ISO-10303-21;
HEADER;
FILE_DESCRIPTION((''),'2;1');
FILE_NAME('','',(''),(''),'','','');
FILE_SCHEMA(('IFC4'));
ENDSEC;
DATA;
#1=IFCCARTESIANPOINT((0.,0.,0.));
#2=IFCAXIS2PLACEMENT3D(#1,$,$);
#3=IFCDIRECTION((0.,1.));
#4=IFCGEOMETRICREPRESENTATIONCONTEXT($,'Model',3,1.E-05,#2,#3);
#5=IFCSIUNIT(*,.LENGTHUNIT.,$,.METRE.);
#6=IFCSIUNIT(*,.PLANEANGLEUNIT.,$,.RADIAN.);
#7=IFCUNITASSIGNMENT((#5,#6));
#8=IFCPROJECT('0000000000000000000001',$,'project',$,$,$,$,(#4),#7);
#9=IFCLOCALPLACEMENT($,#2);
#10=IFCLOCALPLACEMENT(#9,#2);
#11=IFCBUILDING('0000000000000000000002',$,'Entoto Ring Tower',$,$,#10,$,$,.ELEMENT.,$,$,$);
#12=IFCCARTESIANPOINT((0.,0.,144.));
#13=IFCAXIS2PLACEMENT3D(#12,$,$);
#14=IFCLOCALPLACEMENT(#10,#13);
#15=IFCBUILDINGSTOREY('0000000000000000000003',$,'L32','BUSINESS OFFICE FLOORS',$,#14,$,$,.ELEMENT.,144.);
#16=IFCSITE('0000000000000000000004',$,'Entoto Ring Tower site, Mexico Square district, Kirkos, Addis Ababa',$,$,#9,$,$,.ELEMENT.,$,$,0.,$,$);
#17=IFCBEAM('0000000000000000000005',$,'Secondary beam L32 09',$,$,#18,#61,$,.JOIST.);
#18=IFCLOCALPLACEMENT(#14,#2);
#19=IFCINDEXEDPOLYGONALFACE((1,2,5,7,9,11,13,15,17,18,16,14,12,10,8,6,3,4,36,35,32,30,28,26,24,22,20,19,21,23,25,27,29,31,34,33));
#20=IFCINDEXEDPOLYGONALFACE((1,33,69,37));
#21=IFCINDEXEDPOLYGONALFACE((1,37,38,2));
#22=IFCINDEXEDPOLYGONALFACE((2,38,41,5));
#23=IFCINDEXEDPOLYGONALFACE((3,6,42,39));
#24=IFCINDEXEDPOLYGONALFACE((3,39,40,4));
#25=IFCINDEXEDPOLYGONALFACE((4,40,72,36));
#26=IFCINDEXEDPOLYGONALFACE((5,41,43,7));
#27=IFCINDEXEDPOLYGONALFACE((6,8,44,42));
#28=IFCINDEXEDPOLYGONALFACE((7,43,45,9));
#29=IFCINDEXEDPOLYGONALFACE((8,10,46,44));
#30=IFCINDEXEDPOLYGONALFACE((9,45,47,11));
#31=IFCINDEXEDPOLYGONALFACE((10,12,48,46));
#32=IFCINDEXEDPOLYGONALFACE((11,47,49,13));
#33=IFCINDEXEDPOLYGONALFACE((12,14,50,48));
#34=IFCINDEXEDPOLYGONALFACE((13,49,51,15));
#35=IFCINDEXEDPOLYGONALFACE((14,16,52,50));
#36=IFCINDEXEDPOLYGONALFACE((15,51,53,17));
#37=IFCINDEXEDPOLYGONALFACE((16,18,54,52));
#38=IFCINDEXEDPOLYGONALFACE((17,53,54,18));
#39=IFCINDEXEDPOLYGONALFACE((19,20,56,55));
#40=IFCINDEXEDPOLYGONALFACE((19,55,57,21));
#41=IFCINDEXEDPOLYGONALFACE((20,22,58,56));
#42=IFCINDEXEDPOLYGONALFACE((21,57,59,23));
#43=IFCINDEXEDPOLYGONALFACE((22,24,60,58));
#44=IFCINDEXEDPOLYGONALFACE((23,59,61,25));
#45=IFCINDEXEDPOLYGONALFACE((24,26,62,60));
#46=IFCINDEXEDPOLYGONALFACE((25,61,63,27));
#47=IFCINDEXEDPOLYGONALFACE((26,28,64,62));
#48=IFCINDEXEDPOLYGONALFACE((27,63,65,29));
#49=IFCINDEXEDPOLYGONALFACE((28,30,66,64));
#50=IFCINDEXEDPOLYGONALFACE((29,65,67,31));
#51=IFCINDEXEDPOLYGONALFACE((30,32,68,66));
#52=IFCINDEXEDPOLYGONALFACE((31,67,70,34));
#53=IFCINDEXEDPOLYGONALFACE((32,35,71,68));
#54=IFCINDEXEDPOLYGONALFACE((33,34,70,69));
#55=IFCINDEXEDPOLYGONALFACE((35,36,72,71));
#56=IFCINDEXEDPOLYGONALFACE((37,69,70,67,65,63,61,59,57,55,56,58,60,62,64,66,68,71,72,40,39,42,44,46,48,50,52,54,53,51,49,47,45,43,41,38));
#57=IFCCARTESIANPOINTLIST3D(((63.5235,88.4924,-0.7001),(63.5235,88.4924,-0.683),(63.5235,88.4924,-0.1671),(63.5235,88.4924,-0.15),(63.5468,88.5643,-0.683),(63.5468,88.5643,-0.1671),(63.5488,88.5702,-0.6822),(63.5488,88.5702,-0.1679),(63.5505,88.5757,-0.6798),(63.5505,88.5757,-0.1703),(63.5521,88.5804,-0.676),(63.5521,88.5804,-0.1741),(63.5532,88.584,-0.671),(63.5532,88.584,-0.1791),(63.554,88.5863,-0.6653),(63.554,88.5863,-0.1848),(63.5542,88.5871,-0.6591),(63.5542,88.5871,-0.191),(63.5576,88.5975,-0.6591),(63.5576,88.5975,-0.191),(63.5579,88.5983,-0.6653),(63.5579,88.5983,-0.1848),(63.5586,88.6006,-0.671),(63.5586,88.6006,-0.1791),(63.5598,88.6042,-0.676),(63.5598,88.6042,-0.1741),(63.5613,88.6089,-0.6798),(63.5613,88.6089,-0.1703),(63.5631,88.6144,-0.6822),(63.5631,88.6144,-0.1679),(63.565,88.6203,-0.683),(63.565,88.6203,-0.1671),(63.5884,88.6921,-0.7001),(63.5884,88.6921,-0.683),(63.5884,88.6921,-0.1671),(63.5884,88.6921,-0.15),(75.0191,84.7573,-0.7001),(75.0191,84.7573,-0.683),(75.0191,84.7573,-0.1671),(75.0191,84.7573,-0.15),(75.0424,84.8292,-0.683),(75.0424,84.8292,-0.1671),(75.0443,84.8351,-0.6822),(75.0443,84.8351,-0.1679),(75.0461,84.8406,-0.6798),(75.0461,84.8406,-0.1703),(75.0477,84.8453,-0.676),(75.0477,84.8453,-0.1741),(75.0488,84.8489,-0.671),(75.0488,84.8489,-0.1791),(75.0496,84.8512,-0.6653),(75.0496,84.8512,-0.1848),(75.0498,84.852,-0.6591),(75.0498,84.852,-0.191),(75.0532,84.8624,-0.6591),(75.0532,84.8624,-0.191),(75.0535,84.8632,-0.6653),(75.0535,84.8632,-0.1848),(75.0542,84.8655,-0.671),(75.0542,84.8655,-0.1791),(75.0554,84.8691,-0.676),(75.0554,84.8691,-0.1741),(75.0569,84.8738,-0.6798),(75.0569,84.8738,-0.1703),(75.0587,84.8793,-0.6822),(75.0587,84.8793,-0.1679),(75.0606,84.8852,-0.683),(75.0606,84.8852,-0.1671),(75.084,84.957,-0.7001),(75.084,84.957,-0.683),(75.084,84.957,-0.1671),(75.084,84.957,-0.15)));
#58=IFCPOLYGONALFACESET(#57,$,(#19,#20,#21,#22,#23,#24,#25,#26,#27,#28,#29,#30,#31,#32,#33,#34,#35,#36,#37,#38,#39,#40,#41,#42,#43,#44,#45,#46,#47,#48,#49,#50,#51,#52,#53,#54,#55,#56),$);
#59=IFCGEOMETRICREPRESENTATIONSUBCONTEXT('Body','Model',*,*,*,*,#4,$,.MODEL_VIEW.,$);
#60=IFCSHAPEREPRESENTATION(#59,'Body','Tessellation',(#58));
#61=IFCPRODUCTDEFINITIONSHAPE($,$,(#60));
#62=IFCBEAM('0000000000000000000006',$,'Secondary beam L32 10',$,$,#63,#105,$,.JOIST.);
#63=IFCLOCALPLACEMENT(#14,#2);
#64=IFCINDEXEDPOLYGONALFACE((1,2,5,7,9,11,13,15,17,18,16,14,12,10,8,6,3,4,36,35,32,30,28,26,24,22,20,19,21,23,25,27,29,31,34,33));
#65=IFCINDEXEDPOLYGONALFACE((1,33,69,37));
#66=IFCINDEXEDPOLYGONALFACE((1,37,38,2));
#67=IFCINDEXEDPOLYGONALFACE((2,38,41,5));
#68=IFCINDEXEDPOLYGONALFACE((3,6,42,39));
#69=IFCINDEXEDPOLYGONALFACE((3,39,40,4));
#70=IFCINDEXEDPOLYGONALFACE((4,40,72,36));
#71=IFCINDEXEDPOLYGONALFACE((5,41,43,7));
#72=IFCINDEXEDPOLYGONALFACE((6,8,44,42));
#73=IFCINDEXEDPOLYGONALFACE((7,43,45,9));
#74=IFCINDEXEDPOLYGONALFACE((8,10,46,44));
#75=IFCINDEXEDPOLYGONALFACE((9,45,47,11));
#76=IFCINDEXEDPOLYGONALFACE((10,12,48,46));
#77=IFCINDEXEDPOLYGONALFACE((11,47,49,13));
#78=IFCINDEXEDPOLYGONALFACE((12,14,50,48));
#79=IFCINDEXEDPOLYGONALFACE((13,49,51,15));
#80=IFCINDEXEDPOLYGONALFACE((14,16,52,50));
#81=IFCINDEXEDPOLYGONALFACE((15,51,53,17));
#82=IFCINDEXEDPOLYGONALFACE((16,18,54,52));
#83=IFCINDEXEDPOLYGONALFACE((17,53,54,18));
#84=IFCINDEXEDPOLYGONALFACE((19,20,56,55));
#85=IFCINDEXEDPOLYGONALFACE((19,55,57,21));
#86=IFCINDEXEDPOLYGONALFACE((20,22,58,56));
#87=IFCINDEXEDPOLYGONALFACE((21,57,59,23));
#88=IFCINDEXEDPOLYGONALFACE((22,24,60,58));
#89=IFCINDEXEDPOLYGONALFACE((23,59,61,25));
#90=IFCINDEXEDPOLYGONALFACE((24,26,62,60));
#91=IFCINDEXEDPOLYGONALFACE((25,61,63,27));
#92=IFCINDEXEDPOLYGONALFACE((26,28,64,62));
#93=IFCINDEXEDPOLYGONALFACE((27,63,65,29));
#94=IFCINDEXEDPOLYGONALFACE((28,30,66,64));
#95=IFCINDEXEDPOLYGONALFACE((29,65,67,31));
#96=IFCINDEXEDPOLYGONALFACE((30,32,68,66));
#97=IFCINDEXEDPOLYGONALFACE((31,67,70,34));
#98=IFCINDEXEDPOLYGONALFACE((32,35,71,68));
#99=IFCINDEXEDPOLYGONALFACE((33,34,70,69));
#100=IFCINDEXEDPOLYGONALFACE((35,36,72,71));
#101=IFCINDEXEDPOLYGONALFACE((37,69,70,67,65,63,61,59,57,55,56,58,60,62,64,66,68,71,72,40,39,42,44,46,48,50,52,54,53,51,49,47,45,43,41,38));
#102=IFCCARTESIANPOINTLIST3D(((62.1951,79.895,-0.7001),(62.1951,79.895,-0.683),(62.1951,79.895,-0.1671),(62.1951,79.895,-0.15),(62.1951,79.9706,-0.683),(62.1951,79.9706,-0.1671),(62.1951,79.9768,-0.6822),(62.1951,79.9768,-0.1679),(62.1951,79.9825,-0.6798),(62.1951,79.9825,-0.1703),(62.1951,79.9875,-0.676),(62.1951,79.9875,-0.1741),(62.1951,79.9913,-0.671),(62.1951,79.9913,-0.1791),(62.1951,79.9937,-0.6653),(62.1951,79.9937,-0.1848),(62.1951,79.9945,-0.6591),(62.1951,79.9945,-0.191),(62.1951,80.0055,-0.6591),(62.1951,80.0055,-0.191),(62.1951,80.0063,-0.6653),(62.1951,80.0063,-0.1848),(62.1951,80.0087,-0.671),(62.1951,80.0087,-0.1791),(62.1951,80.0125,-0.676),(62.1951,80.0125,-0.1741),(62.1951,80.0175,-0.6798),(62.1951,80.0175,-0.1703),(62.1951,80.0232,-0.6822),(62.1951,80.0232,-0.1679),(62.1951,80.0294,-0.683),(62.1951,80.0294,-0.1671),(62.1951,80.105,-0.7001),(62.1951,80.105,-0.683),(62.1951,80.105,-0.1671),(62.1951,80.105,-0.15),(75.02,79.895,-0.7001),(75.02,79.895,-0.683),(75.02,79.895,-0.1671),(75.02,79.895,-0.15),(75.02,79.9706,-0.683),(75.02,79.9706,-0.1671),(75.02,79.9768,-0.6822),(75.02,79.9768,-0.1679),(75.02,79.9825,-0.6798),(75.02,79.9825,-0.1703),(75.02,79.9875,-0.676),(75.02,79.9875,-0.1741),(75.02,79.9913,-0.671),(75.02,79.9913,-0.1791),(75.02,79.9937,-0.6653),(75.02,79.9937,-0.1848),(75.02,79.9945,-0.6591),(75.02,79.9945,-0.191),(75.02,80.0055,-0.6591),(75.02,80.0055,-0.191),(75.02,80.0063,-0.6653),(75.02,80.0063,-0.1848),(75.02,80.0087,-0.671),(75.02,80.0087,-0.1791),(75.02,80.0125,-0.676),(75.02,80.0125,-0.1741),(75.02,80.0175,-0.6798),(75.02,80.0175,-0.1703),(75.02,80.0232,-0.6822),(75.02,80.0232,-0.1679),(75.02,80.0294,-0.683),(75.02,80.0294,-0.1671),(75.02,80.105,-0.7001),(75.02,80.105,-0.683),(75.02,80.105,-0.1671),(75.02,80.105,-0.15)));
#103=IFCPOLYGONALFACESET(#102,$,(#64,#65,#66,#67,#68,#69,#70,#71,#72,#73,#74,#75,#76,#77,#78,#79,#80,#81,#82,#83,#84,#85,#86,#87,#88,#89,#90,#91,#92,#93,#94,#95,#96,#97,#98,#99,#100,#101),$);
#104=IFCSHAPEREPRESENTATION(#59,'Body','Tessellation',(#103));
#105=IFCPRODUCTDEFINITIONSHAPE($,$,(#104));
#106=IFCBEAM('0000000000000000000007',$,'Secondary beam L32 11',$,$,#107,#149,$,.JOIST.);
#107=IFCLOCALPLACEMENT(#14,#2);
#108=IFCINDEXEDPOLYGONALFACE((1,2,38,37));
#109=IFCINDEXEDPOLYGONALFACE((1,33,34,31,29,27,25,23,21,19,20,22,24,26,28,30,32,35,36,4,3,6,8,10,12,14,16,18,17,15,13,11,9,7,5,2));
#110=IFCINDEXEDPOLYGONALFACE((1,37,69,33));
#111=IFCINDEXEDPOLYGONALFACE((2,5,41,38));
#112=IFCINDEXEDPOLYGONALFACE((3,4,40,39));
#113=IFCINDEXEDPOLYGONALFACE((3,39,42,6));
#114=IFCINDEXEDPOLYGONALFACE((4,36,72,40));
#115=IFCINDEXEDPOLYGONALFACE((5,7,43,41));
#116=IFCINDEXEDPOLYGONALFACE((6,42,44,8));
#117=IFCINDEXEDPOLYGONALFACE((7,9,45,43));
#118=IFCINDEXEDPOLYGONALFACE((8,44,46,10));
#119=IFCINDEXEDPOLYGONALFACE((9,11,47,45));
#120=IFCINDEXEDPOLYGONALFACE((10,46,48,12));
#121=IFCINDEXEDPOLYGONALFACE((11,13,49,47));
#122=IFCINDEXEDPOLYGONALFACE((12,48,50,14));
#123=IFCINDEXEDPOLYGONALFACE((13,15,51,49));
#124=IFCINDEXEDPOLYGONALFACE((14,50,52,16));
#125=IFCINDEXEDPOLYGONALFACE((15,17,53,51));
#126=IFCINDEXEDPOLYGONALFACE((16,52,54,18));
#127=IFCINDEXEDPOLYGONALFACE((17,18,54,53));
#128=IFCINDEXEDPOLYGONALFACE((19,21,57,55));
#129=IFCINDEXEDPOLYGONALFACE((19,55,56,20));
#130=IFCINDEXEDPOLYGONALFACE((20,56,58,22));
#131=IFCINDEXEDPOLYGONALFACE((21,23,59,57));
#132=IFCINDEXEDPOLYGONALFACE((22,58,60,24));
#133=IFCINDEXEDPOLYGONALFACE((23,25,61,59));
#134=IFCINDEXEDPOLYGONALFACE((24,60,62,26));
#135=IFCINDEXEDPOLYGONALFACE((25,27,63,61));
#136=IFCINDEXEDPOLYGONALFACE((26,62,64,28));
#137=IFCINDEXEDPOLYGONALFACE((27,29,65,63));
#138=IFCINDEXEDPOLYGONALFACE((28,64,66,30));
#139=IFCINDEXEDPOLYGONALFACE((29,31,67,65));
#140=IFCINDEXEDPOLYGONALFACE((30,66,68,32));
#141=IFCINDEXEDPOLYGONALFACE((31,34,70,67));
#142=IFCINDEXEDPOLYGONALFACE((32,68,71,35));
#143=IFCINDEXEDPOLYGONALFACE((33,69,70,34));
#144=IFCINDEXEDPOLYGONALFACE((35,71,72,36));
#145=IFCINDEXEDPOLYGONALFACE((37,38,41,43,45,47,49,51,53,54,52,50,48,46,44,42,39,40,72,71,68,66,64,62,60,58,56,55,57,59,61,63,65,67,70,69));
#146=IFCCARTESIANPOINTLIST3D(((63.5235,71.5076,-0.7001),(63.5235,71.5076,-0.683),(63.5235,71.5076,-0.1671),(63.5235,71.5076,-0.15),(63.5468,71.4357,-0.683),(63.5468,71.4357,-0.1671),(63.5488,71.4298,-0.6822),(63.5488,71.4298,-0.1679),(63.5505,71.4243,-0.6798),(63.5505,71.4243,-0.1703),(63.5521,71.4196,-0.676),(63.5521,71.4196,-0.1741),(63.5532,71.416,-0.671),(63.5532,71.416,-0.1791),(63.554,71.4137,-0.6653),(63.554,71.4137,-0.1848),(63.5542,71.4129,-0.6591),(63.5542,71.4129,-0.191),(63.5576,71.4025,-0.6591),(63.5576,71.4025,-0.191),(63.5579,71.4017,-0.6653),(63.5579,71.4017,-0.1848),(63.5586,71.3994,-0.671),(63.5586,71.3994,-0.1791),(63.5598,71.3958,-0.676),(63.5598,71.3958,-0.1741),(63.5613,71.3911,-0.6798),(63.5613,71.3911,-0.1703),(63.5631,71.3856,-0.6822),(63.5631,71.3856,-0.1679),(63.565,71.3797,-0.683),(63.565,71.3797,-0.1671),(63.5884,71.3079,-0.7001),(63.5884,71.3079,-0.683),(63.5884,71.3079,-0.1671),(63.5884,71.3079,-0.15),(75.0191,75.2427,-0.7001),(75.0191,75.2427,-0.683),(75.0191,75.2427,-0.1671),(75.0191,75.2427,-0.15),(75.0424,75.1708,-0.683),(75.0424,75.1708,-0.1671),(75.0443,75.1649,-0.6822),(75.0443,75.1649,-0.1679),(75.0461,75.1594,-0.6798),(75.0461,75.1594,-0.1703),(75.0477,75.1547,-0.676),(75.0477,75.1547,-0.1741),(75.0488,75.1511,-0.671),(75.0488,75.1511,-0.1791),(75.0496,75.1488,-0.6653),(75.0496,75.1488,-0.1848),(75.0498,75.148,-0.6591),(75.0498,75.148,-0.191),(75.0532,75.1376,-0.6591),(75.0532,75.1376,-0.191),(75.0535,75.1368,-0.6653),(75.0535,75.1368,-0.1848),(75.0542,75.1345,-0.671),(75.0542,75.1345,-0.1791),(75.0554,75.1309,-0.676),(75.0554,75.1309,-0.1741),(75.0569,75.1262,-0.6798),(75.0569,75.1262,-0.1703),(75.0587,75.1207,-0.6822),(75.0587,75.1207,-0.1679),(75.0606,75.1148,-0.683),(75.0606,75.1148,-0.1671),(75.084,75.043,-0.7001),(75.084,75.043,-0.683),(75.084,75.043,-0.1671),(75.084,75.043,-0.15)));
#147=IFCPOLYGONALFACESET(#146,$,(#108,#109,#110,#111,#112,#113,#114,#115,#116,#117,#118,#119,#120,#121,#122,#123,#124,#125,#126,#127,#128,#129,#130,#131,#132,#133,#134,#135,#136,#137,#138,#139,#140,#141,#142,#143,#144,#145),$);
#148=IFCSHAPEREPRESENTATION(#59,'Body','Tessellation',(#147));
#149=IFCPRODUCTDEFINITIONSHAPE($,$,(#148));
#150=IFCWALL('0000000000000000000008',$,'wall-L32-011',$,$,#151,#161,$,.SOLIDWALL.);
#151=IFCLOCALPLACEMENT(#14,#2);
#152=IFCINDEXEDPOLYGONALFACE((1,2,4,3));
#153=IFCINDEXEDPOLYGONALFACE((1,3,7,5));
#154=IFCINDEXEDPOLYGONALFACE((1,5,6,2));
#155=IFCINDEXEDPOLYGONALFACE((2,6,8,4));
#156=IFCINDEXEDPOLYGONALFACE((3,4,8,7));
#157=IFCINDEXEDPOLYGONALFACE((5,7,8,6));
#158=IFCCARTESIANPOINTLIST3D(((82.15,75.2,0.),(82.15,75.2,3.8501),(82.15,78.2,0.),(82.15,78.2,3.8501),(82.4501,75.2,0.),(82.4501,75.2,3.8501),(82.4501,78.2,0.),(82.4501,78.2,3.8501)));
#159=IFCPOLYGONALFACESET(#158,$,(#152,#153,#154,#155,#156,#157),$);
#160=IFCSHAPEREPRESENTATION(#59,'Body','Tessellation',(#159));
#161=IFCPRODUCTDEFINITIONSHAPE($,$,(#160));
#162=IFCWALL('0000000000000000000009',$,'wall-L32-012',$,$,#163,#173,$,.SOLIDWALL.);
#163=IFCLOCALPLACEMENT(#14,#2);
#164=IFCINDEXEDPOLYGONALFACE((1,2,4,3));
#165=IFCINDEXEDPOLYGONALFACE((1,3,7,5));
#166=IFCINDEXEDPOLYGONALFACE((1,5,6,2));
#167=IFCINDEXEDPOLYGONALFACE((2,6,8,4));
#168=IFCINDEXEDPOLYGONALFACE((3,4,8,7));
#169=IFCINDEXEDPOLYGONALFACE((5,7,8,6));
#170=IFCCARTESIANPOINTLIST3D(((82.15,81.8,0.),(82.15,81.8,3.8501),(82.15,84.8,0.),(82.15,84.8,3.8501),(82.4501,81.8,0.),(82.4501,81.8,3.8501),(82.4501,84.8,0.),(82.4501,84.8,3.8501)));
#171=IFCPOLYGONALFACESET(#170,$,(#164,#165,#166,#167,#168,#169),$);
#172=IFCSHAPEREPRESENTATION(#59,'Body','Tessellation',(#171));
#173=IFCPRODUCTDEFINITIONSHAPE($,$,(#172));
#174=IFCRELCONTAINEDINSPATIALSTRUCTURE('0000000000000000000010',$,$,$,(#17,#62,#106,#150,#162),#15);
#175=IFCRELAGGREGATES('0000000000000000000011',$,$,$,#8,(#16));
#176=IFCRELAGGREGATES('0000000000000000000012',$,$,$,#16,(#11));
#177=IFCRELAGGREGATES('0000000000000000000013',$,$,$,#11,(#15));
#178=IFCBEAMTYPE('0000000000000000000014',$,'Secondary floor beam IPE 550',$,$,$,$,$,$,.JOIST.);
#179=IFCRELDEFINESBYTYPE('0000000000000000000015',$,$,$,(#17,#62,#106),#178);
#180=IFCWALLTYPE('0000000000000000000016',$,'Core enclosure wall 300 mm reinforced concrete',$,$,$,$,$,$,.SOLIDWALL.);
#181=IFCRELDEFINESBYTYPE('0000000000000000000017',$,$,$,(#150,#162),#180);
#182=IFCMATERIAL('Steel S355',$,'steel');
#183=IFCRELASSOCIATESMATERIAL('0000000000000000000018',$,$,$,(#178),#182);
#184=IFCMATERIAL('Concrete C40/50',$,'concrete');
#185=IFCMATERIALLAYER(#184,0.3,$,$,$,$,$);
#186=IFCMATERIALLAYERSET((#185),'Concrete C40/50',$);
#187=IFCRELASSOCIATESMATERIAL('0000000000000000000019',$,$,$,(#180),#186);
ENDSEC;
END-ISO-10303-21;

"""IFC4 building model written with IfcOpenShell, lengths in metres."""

from ifc_helpers import new_model, si_unit, direction, frame, frame_2d, origin, origin_2d, place, context, subcontext, project, spatial, rectangle, i_section, extrude, material, layer, layer_set, material_profile, profile_set, type_object, element, save


model = new_model("IFC4")

# Units and contexts
model_context = context("Model", 3, precision=1e-05, world=origin(), true_north=direction((0.0, 1.0)))
body_context = subcontext(model_context, "Body", "Model", "MODEL_VIEW")
ifc_project = project(units=[si_unit("LENGTHUNIT", "METRE"), si_unit("PLANEANGLEUNIT", "RADIAN")], contexts=[model_context])

# Site, building, storey
site_placement = place(None, origin())
site = spatial("IfcSite", under=ifc_project, at=site_placement, Name="Entoto Ring Tower site, Mexico Square district, Kirkos, Addis Ababa", CompositionType="ELEMENT", RefElevation=0.0)
building_placement = place(site_placement, origin())
building = spatial("IfcBuilding", under=site, at=building_placement, Name="Entoto Ring Tower", CompositionType="ELEMENT")
storey_placement = place(building_placement, frame((0.0, 0.0, 144.0)))
storey = spatial("IfcBuildingStorey", under=building, at=storey_placement, Name="L32", Description="BUSINESS OFFICE FLOORS", CompositionType="ELEMENT", Elevation=144.0)

# Beams
ifc_material_1 = material(Name="Steel S355", Category="steel")
ifc_material_profile_1 = material_profile(ifc_material_1, i_section(OverallWidth=0.21, OverallDepth=0.55, WebThickness=0.011, FlangeThickness=0.0171, FilletRadius=0.0239, at=origin_2d()), Name="IPE 550")
ifc_profile_set_1 = profile_set([ifc_material_profile_1], Name="Steel S355")
beam_type_1 = type_object("IfcBeamType", Name="Secondary floor beam IPE 550", PredefinedType="JOIST", material=ifc_profile_set_1)
beam_1_placement = place(storey_placement, frame((75.0515, 84.8572, -0.425), z_axis=(-0.951058, 0.309014, 0.0), x_axis=(-0.309014, -0.951058, 0.0)))
element("IfcBeam", 1, at=beam_1_placement, inside=storey, type_object=beam_type_1, Name="Secondary beam L32 09", PredefinedType="JOIST", context=body_context, shape_type="SweptSolid", body=[
    extrude(i_section(OverallWidth=0.21, OverallDepth=0.55, WebThickness=0.011, FlangeThickness=0.0171, FilletRadius=0.0239, at=origin_2d()), origin(), (0.0, 0.0, 1.0), 12.0872),
])
beam_2_placement = place(storey_placement, frame((75.02, 80.0, -0.425), z_axis=(-1.0, 0.0, 0.0), x_axis=(0.0, -1.0, 0.0)))
element("IfcBeam", 2, at=beam_2_placement, inside=storey, type_object=beam_type_1, Name="Secondary beam L32 10", PredefinedType="JOIST", context=body_context, shape_type="SweptSolid", body=[
    extrude(i_section(OverallWidth=0.21, OverallDepth=0.55, WebThickness=0.011, FlangeThickness=0.0171, FilletRadius=0.0239, at=origin_2d()), origin(), (0.0, 0.0, 1.0), 12.825),
])
beam_3_placement = place(storey_placement, frame((75.0515, 75.1428, -0.425), z_axis=(-0.951058, -0.309014, 0.0), x_axis=(0.309014, -0.951058, 0.0)))
element("IfcBeam", 3, at=beam_3_placement, inside=storey, type_object=beam_type_1, Name="Secondary beam L32 11", PredefinedType="JOIST", context=body_context, shape_type="SweptSolid", body=[
    extrude(i_section(OverallWidth=0.21, OverallDepth=0.55, WebThickness=0.011, FlangeThickness=0.0171, FilletRadius=0.0239, at=origin_2d()), origin(), (0.0, 0.0, 1.0), 12.0872),
])

# Walls
ifc_material_2 = material(Name="Concrete C40/50", Category="concrete")
ifc_layer_1 = layer(ifc_material_2, 0.3)
ifc_layer_set_1 = layer_set([ifc_layer_1], Name="Concrete C40/50")
wall_type_1 = type_object("IfcWallType", Name="Core enclosure wall 300 mm reinforced concrete", PredefinedType="SOLIDWALL", material=ifc_layer_set_1)
for number, where, z_axis, x_axis, name in (
    (4, (82.3, 75.2, 0.0), (0.0, 0.0, 1.0), (0.0, 1.0, 0.0), "wall-L32-011"),
    (5, (82.3, 81.8, 0.0), (0.0, 0.0, 1.0), (0.0, 1.0, 0.0), "wall-L32-012"),
):
    element("IfcWall", number, at=place(storey_placement, frame(where, z_axis=z_axis, x_axis=x_axis)), inside=storey, type_object=wall_type_1, Name=name, PredefinedType="SOLIDWALL", context=body_context, shape_type="SweptSolid", body=[
        extrude(rectangle(XDim=3.0, YDim=0.3, at=frame_2d((1.5, 0.0))), origin(), (0.0, 0.0, 1.0), 3.8501),
    ])

save(model, "model.ifc")
